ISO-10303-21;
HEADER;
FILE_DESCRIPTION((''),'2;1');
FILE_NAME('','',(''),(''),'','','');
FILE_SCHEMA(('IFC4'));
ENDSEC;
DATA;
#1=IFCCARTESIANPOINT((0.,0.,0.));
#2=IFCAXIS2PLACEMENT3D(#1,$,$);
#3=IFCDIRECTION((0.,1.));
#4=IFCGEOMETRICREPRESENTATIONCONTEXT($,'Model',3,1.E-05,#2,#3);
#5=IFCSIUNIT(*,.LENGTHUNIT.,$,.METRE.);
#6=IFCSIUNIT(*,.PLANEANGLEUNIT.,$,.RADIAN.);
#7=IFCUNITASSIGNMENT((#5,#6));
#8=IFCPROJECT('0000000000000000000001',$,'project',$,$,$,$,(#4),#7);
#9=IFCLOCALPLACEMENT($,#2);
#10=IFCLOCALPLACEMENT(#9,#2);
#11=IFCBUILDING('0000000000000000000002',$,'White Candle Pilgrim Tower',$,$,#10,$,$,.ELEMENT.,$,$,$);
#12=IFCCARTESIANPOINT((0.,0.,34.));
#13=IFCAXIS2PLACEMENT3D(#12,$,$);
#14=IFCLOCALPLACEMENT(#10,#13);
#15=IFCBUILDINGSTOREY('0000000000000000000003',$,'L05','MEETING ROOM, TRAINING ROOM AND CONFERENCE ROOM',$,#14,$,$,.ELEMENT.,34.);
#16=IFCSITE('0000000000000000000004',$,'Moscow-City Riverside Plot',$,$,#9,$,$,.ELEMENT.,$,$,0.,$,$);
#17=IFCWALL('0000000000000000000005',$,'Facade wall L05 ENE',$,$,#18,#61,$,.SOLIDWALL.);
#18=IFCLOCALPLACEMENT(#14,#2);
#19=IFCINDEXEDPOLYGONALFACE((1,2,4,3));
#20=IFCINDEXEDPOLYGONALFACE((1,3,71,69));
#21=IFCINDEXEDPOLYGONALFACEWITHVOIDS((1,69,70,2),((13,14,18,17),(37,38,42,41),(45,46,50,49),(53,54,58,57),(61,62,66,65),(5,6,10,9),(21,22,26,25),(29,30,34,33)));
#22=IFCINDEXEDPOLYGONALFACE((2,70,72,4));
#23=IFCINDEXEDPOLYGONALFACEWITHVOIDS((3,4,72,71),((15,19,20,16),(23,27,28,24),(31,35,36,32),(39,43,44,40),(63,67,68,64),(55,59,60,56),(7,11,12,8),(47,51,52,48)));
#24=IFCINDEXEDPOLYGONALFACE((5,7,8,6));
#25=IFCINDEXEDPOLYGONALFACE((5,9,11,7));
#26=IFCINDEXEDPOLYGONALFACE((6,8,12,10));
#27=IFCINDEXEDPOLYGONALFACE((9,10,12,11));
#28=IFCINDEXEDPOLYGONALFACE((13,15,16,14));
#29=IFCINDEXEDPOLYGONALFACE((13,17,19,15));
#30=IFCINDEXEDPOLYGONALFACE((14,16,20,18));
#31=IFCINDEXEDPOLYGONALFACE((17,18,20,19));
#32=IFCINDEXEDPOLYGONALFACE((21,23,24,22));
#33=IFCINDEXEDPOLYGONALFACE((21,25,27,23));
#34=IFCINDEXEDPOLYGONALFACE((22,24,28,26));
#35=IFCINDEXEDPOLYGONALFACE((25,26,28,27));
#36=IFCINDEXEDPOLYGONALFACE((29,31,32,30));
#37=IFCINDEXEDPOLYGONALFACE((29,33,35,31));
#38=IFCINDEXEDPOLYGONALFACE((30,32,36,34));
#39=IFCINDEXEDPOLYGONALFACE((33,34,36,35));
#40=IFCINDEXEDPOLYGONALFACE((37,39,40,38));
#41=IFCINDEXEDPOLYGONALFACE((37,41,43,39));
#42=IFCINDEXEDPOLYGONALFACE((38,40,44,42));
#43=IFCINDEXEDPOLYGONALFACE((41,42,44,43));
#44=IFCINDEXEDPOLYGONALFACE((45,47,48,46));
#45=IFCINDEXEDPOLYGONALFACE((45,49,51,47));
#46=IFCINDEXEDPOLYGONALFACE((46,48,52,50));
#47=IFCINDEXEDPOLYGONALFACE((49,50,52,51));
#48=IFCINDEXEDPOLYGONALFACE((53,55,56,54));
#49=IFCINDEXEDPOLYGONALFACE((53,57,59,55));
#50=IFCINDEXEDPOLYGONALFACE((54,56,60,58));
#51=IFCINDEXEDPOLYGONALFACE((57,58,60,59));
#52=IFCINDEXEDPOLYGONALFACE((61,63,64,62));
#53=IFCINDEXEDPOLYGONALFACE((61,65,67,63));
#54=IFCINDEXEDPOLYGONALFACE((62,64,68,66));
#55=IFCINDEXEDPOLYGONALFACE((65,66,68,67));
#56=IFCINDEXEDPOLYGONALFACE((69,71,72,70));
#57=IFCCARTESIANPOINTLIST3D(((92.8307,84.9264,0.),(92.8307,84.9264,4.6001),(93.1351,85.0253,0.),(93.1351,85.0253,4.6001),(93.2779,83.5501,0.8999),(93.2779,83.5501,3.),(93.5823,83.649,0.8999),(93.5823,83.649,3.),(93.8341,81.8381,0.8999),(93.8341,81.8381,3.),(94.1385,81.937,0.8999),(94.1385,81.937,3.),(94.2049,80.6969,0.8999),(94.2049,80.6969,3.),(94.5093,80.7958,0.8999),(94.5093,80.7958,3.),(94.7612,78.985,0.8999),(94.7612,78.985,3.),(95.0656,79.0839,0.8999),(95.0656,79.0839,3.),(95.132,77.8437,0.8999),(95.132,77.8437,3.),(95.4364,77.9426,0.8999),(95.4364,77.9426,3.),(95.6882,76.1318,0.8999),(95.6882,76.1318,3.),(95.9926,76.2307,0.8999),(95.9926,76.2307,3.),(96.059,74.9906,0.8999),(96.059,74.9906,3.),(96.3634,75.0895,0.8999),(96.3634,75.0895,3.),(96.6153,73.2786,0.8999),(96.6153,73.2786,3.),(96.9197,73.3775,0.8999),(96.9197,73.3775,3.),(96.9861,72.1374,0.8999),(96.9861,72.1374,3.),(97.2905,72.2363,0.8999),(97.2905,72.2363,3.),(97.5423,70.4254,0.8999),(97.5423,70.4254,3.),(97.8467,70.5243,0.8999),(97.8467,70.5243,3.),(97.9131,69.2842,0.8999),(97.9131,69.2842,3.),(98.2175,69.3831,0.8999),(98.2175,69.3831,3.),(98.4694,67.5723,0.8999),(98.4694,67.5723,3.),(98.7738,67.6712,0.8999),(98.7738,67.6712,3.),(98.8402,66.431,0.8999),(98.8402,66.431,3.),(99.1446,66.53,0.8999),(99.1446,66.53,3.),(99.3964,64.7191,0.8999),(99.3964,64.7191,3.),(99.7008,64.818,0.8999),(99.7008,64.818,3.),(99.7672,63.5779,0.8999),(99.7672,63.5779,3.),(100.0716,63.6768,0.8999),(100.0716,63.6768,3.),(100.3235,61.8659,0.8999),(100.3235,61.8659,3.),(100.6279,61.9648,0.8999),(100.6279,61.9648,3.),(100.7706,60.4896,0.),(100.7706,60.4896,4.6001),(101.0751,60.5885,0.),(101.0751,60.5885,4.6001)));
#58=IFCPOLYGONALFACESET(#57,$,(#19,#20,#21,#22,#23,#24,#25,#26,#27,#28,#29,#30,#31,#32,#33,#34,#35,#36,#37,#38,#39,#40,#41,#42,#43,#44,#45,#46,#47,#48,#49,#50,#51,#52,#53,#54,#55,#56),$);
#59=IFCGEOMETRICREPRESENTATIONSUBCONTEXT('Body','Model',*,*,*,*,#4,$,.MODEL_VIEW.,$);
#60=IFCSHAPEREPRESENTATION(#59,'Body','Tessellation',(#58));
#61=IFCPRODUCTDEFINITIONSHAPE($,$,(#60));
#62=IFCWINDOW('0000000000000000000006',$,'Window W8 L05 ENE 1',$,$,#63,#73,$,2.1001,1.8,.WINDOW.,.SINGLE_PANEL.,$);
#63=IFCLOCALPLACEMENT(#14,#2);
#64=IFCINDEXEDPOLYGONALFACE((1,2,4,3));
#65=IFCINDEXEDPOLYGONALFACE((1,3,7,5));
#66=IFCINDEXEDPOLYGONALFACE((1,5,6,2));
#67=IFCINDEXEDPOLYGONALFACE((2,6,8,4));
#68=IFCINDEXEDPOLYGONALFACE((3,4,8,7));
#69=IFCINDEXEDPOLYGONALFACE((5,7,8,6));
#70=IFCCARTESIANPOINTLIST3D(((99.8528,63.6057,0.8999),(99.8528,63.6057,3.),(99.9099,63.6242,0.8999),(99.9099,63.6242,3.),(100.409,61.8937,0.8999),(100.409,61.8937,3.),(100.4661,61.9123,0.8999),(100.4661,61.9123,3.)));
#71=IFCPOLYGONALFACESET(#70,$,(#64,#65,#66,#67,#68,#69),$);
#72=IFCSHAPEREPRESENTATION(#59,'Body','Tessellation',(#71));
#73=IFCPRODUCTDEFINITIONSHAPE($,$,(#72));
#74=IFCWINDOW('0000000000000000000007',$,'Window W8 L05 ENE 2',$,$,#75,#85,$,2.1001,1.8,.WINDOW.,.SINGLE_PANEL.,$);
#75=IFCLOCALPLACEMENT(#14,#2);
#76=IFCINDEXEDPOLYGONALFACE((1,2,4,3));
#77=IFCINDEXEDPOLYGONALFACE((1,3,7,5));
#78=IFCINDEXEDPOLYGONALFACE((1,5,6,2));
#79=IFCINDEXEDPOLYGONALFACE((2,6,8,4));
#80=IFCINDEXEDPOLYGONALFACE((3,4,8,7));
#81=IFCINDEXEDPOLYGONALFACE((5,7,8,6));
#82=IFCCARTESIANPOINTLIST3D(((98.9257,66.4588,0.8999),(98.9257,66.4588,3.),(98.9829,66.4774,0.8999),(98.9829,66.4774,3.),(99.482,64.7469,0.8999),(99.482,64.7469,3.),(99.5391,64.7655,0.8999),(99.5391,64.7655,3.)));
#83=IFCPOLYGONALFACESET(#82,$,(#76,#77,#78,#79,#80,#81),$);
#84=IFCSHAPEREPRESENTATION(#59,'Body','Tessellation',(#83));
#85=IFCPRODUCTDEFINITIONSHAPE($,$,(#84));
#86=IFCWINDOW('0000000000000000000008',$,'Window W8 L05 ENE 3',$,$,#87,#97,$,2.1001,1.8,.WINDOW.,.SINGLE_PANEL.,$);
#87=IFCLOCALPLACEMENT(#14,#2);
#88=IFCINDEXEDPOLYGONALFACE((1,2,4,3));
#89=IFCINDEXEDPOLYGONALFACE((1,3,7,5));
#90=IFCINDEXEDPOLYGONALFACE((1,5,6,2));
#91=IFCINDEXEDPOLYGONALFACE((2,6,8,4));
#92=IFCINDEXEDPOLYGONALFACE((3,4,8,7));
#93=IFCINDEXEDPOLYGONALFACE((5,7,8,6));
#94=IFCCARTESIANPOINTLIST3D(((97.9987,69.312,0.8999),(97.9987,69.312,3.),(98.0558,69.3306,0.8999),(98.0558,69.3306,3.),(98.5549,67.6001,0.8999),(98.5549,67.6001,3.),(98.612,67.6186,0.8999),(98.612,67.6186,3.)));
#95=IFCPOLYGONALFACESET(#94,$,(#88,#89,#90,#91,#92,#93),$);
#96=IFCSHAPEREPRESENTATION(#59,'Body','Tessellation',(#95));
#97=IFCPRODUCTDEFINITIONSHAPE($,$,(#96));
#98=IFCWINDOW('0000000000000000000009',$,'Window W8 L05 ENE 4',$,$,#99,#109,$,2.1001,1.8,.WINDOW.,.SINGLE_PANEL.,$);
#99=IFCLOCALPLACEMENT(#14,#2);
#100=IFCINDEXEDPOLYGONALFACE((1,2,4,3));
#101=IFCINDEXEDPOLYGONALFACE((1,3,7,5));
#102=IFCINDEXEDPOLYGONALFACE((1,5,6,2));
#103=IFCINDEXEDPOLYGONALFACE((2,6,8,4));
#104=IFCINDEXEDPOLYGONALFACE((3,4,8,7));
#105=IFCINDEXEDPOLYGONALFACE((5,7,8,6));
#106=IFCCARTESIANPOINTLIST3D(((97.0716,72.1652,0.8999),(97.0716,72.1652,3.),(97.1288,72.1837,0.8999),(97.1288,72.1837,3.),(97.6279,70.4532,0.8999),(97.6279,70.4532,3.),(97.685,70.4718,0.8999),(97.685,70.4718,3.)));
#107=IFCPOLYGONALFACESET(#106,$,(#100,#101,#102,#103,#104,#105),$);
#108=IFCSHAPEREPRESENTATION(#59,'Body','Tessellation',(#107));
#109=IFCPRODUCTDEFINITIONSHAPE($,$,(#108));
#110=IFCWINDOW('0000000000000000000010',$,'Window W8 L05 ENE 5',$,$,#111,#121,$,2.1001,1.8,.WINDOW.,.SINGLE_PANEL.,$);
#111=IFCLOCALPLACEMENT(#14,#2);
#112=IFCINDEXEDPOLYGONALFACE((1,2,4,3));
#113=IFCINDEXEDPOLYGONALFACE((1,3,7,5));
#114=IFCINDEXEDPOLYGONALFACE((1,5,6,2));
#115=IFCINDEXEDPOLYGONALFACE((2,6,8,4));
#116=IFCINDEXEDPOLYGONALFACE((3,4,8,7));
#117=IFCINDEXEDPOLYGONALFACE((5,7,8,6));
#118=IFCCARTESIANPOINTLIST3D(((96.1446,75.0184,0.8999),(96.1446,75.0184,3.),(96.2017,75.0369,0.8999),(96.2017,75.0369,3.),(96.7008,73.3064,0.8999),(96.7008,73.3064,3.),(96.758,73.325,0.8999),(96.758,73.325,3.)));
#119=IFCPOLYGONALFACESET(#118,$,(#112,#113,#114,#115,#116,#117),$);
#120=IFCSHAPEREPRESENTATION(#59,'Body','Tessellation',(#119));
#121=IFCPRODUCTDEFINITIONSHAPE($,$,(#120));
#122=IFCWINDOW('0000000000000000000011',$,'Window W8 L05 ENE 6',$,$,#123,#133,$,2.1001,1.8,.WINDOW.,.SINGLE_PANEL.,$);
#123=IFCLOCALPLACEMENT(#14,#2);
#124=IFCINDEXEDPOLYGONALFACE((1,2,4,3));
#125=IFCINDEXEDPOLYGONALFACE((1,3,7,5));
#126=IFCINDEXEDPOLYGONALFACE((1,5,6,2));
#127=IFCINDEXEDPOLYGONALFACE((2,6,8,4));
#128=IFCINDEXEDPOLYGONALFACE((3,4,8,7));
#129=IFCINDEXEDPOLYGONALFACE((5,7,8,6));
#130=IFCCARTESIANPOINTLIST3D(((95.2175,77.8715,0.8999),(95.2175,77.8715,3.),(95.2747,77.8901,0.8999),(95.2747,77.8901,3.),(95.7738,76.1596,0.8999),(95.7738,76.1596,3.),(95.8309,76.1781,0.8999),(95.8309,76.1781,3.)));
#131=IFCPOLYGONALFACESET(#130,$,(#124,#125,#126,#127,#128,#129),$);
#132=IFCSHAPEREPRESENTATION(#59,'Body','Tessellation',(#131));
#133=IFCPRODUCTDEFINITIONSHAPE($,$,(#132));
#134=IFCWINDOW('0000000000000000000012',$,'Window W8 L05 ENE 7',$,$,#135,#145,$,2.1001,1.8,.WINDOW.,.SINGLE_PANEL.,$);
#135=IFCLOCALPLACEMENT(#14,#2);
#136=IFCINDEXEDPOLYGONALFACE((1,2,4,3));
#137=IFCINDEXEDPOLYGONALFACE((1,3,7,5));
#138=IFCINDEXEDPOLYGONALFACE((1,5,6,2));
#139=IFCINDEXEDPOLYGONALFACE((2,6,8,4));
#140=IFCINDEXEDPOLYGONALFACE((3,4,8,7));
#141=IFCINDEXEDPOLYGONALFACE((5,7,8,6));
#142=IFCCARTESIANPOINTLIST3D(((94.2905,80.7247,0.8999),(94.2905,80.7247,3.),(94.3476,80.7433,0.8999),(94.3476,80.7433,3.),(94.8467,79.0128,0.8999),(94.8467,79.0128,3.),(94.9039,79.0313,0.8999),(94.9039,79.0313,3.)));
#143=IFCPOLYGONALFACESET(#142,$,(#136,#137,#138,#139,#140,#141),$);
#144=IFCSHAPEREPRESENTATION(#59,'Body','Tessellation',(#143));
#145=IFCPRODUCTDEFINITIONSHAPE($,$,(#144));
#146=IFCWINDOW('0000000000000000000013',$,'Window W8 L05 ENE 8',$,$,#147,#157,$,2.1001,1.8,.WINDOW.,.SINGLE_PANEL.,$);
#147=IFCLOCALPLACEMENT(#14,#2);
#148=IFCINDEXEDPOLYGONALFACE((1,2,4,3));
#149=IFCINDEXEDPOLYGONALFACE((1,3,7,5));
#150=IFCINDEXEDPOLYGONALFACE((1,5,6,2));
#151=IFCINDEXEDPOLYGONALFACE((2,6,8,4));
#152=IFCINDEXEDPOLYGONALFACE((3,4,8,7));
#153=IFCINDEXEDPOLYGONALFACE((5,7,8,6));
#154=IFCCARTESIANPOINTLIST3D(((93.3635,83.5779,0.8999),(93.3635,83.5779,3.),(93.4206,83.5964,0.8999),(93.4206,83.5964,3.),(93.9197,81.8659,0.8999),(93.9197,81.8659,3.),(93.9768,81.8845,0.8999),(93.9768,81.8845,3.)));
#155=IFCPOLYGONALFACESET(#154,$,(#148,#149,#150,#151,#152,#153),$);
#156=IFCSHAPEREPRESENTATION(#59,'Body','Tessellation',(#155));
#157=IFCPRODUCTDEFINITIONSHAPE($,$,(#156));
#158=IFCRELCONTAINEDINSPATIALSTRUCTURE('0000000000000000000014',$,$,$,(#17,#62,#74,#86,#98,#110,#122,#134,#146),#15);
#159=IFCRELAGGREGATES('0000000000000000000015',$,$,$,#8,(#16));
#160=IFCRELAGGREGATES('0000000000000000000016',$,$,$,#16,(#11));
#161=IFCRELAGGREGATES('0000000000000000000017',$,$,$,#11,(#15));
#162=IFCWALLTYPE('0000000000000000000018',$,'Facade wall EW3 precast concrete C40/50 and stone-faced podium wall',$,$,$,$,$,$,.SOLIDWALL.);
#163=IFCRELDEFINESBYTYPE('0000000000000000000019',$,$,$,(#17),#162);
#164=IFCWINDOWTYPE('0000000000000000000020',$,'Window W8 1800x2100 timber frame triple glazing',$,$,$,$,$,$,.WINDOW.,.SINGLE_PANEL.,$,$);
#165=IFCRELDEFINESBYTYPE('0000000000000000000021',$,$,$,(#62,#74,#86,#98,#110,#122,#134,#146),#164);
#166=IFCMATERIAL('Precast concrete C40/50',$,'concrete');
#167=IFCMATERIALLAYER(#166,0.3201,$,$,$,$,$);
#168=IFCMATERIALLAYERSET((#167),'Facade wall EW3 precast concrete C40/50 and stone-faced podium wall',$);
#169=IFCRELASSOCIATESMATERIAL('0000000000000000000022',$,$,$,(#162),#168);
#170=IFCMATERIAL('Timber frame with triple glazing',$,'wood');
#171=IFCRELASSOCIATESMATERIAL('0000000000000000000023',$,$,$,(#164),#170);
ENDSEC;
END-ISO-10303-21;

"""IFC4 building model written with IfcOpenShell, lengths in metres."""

from ifc_helpers import new_model, si_unit, direction, frame, frame_2d, origin, place, context, subcontext, project, spatial, rectangle, extrude, material, layer, layer_set, type_object, element, fill, save


model = new_model("IFC4")

# Units and contexts
model_context = context("Model", 3, precision=1e-05, world=origin(), true_north=direction((0.0, 1.0)))
body_context = subcontext(model_context, "Body", "Model", "MODEL_VIEW")
ifc_project = project(units=[si_unit("LENGTHUNIT", "METRE"), si_unit("PLANEANGLEUNIT", "RADIAN")], contexts=[model_context])

# Site, building, storey
site_placement = place(None, origin())
site = spatial("IfcSite", under=ifc_project, at=site_placement, Name="Moscow-City Riverside Plot", CompositionType="ELEMENT", RefElevation=0.0)
building_placement = place(site_placement, origin())
building = spatial("IfcBuilding", under=site, at=building_placement, Name="White Candle Pilgrim Tower", CompositionType="ELEMENT")
storey_placement = place(building_placement, frame((0.0, 0.0, 34.0)))
storey = spatial("IfcBuildingStorey", under=building, at=storey_placement, Name="L05", Description="MEETING ROOM, TRAINING ROOM AND CONFERENCE ROOM", CompositionType="ELEMENT", Elevation=34.0)

# Shared definitions
ifc_material_1 = material(Name="Precast concrete C40/50", Category="concrete")
ifc_layer_1 = layer(ifc_material_1, 0.3201)
ifc_layer_set_1 = layer_set([ifc_layer_1], Name="Facade wall EW3 precast concrete C40/50 and stone-faced podium wall")
wall_type_1 = type_object("IfcWallType", Name="Facade wall EW3 precast concrete C40/50 and stone-faced podium wall", PredefinedType="SOLIDWALL", material=ifc_layer_set_1)

# Wall, openings, windows
wall_1_placement = place(storey_placement, frame((100.9229, 60.5391, 0.0), z_axis=(0.0, 0.0, 1.0), x_axis=(-0.309015, 0.951057, 0.0)))
wall_1 = element("IfcWall", 1, at=wall_1_placement, inside=storey, type_object=wall_type_1, Name="Facade wall L05 ENE", PredefinedType="SOLIDWALL", context=body_context, shape_type="SweptSolid", body=[
    extrude(rectangle(XDim=25.6943, YDim=0.3201, at=frame_2d((12.8472, 0.0))), origin(), (0.0, 0.0, 1.0), 4.6001),
])
opening_1_placement = place(wall_1_placement, frame((1.4473, 0.0, 0.8999)))
opening_1 = element("IfcOpeningElement", 2, at=opening_1_placement, cuts=wall_1, PredefinedType="OPENING", context=body_context, shape_type="SweptSolid", body=[
    extrude(rectangle(XDim=1.8, YDim=2.1001, at=frame_2d((0.8999, 1.05))), frame((0.0, 0.1699, 0.0), z_axis=(0.0, -1.0, 0.0), x_axis=(1.0, 0.0, 0.0)), (0.0, 0.0, 1.0), 0.3401),
])
opening_2_placement = place(wall_1_placement, frame((4.4473, 0.0, 0.8999)))
opening_2 = element("IfcOpeningElement", 3, at=opening_2_placement, cuts=wall_1, PredefinedType="OPENING", context=body_context, shape_type="SweptSolid", body=[
    extrude(rectangle(XDim=1.8, YDim=2.1001, at=frame_2d((0.8999, 1.05))), frame((0.0, 0.1699, 0.0), z_axis=(0.0, -1.0, 0.0), x_axis=(1.0, 0.0, 0.0)), (0.0, 0.0, 1.0), 0.3401),
])
opening_3_placement = place(wall_1_placement, frame((7.4473, 0.0, 0.8999)))
opening_3 = element("IfcOpeningElement", 4, at=opening_3_placement, cuts=wall_1, PredefinedType="OPENING", context=body_context, shape_type="SweptSolid", body=[
    extrude(rectangle(XDim=1.8, YDim=2.1001, at=frame_2d((0.8999, 1.05))), frame((0.0, 0.1699, 0.0), z_axis=(0.0, -1.0, 0.0), x_axis=(1.0, 0.0, 0.0)), (0.0, 0.0, 1.0), 0.3401),
])
opening_4_placement = place(wall_1_placement, frame((10.4473, 0.0, 0.8999)))
opening_4 = element("IfcOpeningElement", 5, at=opening_4_placement, cuts=wall_1, PredefinedType="OPENING", context=body_context, shape_type="SweptSolid", body=[
    extrude(rectangle(XDim=1.8, YDim=2.1001, at=frame_2d((0.8999, 1.05))), frame((0.0, 0.1699, 0.0), z_axis=(0.0, -1.0, 0.0), x_axis=(1.0, 0.0, 0.0)), (0.0, 0.0, 1.0), 0.3401),
])
opening_5_placement = place(wall_1_placement, frame((13.4473, 0.0, 0.8999)))
opening_5 = element("IfcOpeningElement", 6, at=opening_5_placement, cuts=wall_1, PredefinedType="OPENING", context=body_context, shape_type="SweptSolid", body=[
    extrude(rectangle(XDim=1.8, YDim=2.1001, at=frame_2d((0.8999, 1.05))), frame((0.0, 0.1699, 0.0), z_axis=(0.0, -1.0, 0.0), x_axis=(1.0, 0.0, 0.0)), (0.0, 0.0, 1.0), 0.3401),
])
opening_6_placement = place(wall_1_placement, frame((16.4473, 0.0, 0.8999)))
opening_6 = element("IfcOpeningElement", 7, at=opening_6_placement, cuts=wall_1, PredefinedType="OPENING", context=body_context, shape_type="SweptSolid", body=[
    extrude(rectangle(XDim=1.8, YDim=2.1001, at=frame_2d((0.8999, 1.05))), frame((0.0, 0.1699, 0.0), z_axis=(0.0, -1.0, 0.0), x_axis=(1.0, 0.0, 0.0)), (0.0, 0.0, 1.0), 0.3401),
])
opening_7_placement = place(wall_1_placement, frame((19.4473, 0.0, 0.8999)))
opening_7 = element("IfcOpeningElement", 8, at=opening_7_placement, cuts=wall_1, PredefinedType="OPENING", context=body_context, shape_type="SweptSolid", body=[
    extrude(rectangle(XDim=1.8, YDim=2.1001, at=frame_2d((0.8999, 1.05))), frame((0.0, 0.1699, 0.0), z_axis=(0.0, -1.0, 0.0), x_axis=(1.0, 0.0, 0.0)), (0.0, 0.0, 1.0), 0.3401),
])
opening_8_placement = place(wall_1_placement, frame((22.4473, 0.0, 0.8999)))
opening_8 = element("IfcOpeningElement", 9, at=opening_8_placement, cuts=wall_1, PredefinedType="OPENING", context=body_context, shape_type="SweptSolid", body=[
    extrude(rectangle(XDim=1.8, YDim=2.1001, at=frame_2d((0.8999, 1.05))), frame((0.0, 0.1699, 0.0), z_axis=(0.0, -1.0, 0.0), x_axis=(1.0, 0.0, 0.0)), (0.0, 0.0, 1.0), 0.3401),
])
ifc_material_2 = material(Name="Timber frame with triple glazing", Category="wood")
window_type = type_object("IfcWindowType", Name="Window W8 1800x2100 timber frame triple glazing", PartitioningType="SINGLE_PANEL", PredefinedType="WINDOW", material=ifc_material_2)
window_1_placement = place(opening_1_placement, origin())
window_1 = element("IfcWindow", 10, at=window_1_placement, inside=storey, type_object=window_type, Name="Window W8 L05 ENE 1", OverallHeight=2.1001, OverallWidth=1.8, PartitioningType="SINGLE_PANEL", PredefinedType="WINDOW", context=body_context, shape_type="SweptSolid", body=[
    extrude(rectangle(XDim=1.8, YDim=2.1001, at=frame_2d((0.8999, 1.05))), frame((0.0, 0.0701, 0.0), z_axis=(0.0, -1.0, 0.0), x_axis=(1.0, 0.0, 0.0)), (0.0, 0.0, 1.0), 0.0601),
])
fill(opening_1, window_1)
window_2_placement = place(opening_2_placement, origin())
window_2 = element("IfcWindow", 11, at=window_2_placement, inside=storey, type_object=window_type, Name="Window W8 L05 ENE 2", OverallHeight=2.1001, OverallWidth=1.8, PartitioningType="SINGLE_PANEL", PredefinedType="WINDOW", context=body_context, shape_type="SweptSolid", body=[
    extrude(rectangle(XDim=1.8, YDim=2.1001, at=frame_2d((0.8999, 1.05))), frame((0.0, 0.0701, 0.0), z_axis=(0.0, -1.0, 0.0), x_axis=(1.0, 0.0, 0.0)), (0.0, 0.0, 1.0), 0.0601),
])
fill(opening_2, window_2)
window_3_placement = place(opening_3_placement, origin())
window_3 = element("IfcWindow", 12, at=window_3_placement, inside=storey, type_object=window_type, Name="Window W8 L05 ENE 3", OverallHeight=2.1001, OverallWidth=1.8, PartitioningType="SINGLE_PANEL", PredefinedType="WINDOW", context=body_context, shape_type="SweptSolid", body=[
    extrude(rectangle(XDim=1.8, YDim=2.1001, at=frame_2d((0.8999, 1.05))), frame((0.0, 0.0701, 0.0), z_axis=(0.0, -1.0, 0.0), x_axis=(1.0, 0.0, 0.0)), (0.0, 0.0, 1.0), 0.0601),
])
fill(opening_3, window_3)
window_4_placement = place(opening_4_placement, origin())
window_4 = element("IfcWindow", 13, at=window_4_placement, inside=storey, type_object=window_type, Name="Window W8 L05 ENE 4", OverallHeight=2.1001, OverallWidth=1.8, PartitioningType="SINGLE_PANEL", PredefinedType="WINDOW", context=body_context, shape_type="SweptSolid", body=[
    extrude(rectangle(XDim=1.8, YDim=2.1001, at=frame_2d((0.8999, 1.05))), frame((0.0, 0.0701, 0.0), z_axis=(0.0, -1.0, 0.0), x_axis=(1.0, 0.0, 0.0)), (0.0, 0.0, 1.0), 0.0601),
])
fill(opening_4, window_4)
window_5_placement = place(opening_5_placement, origin())
window_5 = element("IfcWindow", 14, at=window_5_placement, inside=storey, type_object=window_type, Name="Window W8 L05 ENE 5", OverallHeight=2.1001, OverallWidth=1.8, PartitioningType="SINGLE_PANEL", PredefinedType="WINDOW", context=body_context, shape_type="SweptSolid", body=[
    extrude(rectangle(XDim=1.8, YDim=2.1001, at=frame_2d((0.8999, 1.05))), frame((0.0, 0.0701, 0.0), z_axis=(0.0, -1.0, 0.0), x_axis=(1.0, 0.0, 0.0)), (0.0, 0.0, 1.0), 0.0601),
])
fill(opening_5, window_5)
window_6_placement = place(opening_6_placement, origin())
window_6 = element("IfcWindow", 15, at=window_6_placement, inside=storey, type_object=window_type, Name="Window W8 L05 ENE 6", OverallHeight=2.1001, OverallWidth=1.8, PartitioningType="SINGLE_PANEL", PredefinedType="WINDOW", context=body_context, shape_type="SweptSolid", body=[
    extrude(rectangle(XDim=1.8, YDim=2.1001, at=frame_2d((0.8999, 1.05))), frame((0.0, 0.0701, 0.0), z_axis=(0.0, -1.0, 0.0), x_axis=(1.0, 0.0, 0.0)), (0.0, 0.0, 1.0), 0.0601),
])
fill(opening_6, window_6)
window_7_placement = place(opening_7_placement, origin())
window_7 = element("IfcWindow", 16, at=window_7_placement, inside=storey, type_object=window_type, Name="Window W8 L05 ENE 7", OverallHeight=2.1001, OverallWidth=1.8, PartitioningType="SINGLE_PANEL", PredefinedType="WINDOW", context=body_context, shape_type="SweptSolid", body=[
    extrude(rectangle(XDim=1.8, YDim=2.1001, at=frame_2d((0.8999, 1.05))), frame((0.0, 0.0701, 0.0), z_axis=(0.0, -1.0, 0.0), x_axis=(1.0, 0.0, 0.0)), (0.0, 0.0, 1.0), 0.0601),
])
fill(opening_7, window_7)
window_8_placement = place(opening_8_placement, origin())
window_8 = element("IfcWindow", 17, at=window_8_placement, inside=storey, type_object=window_type, Name="Window W8 L05 ENE 8", OverallHeight=2.1001, OverallWidth=1.8, PartitioningType="SINGLE_PANEL", PredefinedType="WINDOW", context=body_context, shape_type="SweptSolid", body=[
    extrude(rectangle(XDim=1.8, YDim=2.1001, at=frame_2d((0.8999, 1.05))), frame((0.0, 0.0701, 0.0), z_axis=(0.0, -1.0, 0.0), x_axis=(1.0, 0.0, 0.0)), (0.0, 0.0, 1.0), 0.0601),
])
fill(opening_8, window_8)

save(model, "model.ifc")
